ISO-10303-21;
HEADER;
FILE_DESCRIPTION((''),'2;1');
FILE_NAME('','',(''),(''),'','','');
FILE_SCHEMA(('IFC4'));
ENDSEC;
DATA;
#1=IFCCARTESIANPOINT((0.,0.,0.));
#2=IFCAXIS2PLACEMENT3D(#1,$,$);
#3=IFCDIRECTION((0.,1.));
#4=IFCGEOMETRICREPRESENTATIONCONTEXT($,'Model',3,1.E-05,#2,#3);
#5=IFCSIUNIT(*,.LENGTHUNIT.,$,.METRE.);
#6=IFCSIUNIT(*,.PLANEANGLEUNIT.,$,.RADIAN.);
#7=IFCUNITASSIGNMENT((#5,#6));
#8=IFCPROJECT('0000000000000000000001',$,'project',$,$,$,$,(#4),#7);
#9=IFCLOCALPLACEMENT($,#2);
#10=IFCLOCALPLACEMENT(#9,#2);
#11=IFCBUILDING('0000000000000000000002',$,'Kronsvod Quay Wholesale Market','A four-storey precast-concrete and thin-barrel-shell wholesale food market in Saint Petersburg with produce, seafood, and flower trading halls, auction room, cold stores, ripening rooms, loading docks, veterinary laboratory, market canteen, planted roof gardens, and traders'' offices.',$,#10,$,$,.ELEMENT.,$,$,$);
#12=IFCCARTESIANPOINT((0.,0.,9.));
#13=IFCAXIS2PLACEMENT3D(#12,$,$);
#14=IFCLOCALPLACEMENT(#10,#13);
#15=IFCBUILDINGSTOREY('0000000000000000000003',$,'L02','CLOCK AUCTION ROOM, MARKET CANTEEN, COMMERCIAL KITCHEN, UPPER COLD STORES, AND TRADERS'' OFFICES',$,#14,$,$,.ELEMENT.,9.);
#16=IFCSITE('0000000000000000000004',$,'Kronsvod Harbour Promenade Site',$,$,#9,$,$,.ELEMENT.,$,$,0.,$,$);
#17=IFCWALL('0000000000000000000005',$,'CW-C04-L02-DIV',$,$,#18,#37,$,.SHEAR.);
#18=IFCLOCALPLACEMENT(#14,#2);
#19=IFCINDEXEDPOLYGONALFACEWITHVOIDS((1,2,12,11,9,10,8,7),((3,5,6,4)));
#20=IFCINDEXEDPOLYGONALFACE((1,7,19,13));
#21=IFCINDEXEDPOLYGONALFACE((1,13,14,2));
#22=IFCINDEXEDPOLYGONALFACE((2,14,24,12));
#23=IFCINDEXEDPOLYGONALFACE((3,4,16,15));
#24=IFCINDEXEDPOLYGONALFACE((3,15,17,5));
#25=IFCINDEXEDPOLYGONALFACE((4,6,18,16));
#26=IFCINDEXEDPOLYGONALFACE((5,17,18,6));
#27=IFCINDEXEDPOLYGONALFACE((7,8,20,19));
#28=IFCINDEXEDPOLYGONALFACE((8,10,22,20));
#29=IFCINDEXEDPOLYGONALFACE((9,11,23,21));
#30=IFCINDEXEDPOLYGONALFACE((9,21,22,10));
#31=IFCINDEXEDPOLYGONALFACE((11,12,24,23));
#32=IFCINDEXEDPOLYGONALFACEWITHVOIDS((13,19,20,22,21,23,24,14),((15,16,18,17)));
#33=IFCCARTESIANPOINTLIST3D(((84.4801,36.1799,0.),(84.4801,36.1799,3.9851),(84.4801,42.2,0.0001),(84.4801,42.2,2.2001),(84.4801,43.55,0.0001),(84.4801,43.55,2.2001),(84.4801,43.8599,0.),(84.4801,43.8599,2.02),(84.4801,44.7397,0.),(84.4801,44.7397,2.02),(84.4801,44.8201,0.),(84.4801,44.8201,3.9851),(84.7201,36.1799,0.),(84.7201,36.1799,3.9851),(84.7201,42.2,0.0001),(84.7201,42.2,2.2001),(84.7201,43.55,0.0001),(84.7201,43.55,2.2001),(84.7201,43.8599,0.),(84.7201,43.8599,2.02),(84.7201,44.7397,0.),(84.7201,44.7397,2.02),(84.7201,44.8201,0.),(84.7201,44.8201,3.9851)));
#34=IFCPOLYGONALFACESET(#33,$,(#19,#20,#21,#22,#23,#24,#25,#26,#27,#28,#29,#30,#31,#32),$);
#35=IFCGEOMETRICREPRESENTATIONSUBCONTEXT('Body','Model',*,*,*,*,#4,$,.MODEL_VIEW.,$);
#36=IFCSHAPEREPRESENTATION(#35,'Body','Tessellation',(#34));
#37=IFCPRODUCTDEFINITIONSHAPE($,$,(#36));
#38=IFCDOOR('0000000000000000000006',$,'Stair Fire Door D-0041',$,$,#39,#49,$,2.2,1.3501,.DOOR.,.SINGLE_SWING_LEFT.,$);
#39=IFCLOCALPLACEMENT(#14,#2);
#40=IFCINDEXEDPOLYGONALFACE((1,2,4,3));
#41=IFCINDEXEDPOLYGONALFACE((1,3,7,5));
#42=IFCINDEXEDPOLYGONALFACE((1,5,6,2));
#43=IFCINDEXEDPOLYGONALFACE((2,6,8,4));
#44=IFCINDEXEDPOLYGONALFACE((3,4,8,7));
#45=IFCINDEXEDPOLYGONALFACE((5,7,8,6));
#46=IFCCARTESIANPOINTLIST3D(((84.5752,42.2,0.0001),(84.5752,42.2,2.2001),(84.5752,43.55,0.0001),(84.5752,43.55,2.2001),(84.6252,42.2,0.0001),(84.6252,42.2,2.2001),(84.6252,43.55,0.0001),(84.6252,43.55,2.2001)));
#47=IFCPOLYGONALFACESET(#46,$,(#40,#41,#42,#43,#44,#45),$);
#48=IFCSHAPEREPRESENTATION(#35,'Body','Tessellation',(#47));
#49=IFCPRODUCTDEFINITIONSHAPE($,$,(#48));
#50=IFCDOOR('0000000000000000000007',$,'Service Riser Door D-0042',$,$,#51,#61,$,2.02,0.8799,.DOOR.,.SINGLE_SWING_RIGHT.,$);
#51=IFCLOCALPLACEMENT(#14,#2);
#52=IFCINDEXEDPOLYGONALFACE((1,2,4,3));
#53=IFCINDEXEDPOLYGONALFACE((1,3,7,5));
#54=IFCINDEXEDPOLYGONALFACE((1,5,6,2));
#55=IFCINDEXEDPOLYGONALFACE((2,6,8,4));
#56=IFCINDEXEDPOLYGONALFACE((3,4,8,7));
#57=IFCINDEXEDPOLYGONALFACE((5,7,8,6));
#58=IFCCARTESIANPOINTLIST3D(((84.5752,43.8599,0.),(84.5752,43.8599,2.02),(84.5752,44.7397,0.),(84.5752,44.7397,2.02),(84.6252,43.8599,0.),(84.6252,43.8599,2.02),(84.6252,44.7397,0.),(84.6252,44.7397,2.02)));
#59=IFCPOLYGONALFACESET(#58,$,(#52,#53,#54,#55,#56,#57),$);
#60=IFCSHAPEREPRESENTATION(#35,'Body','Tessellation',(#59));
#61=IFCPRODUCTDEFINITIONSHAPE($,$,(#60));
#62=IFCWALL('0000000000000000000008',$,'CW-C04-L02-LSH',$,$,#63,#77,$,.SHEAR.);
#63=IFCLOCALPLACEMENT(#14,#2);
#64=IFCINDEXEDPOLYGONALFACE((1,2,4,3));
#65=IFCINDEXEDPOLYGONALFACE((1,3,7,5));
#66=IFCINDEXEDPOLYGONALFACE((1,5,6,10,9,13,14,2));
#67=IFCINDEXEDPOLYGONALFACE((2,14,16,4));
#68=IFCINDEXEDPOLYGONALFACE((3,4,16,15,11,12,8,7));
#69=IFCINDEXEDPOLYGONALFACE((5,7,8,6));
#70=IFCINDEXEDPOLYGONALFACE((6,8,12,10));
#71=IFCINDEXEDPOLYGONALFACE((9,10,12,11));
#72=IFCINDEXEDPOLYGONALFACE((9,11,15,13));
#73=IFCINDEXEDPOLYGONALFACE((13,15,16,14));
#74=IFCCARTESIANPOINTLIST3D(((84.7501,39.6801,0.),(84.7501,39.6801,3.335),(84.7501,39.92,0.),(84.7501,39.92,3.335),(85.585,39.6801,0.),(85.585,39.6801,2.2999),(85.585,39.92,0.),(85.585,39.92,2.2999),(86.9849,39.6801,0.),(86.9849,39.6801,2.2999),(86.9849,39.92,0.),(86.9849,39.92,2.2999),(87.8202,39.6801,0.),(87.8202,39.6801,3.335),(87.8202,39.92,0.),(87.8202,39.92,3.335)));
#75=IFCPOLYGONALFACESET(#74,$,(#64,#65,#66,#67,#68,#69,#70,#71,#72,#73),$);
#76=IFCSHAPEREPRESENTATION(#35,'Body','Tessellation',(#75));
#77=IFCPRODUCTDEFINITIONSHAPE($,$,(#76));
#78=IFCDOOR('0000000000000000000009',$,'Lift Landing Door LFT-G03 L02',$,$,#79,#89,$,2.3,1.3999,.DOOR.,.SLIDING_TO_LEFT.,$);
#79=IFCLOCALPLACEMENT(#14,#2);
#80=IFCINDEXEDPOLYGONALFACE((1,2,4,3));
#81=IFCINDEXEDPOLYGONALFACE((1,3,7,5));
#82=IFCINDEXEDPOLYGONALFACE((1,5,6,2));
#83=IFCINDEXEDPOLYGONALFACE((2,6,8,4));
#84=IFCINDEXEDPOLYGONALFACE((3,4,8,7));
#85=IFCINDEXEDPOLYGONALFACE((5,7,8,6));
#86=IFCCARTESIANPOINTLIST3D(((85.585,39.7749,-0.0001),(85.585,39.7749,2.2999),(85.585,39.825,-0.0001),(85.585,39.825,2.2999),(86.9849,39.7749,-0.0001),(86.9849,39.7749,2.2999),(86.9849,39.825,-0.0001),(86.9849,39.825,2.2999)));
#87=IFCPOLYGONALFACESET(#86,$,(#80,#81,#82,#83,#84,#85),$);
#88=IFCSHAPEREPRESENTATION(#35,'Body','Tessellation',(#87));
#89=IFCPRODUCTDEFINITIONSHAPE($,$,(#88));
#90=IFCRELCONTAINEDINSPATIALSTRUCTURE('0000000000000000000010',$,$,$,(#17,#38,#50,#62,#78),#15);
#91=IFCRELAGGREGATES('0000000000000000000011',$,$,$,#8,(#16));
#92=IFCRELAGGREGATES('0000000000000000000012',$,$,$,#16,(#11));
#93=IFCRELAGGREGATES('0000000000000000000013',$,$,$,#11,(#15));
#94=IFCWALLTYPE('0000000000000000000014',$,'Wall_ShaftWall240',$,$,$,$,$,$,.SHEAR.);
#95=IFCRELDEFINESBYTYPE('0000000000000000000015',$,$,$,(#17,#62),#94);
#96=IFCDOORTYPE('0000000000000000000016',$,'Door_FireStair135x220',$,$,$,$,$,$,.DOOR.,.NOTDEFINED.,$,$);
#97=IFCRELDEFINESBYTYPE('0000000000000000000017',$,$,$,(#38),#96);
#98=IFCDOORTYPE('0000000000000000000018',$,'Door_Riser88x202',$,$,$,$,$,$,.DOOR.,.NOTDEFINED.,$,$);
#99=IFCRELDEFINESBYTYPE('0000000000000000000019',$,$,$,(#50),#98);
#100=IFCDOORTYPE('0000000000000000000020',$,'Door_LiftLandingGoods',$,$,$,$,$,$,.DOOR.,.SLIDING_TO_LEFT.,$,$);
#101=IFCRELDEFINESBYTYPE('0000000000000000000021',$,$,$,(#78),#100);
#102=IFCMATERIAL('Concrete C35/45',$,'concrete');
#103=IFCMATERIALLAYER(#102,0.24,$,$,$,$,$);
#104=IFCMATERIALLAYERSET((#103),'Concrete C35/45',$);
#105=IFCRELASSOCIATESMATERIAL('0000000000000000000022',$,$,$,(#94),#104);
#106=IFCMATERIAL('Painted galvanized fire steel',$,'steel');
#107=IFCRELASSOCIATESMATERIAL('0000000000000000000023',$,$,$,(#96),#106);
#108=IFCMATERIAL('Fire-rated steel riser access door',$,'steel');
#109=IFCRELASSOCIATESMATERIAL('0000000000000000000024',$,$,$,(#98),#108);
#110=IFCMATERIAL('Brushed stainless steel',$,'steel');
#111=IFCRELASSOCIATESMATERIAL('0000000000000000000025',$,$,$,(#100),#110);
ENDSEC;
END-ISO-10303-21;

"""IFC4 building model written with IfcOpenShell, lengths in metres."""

from ifc_helpers import new_model, si_unit, direction, frame, frame_2d, origin, place, context, subcontext, project, spatial, rectangle, extrude, material, layer, layer_set, type_object, element, fill, save


model = new_model("IFC4")

# Units and contexts
model_context = context("Model", 3, precision=1e-05, world=origin(), true_north=direction((0.0, 1.0)))
body_context = subcontext(model_context, "Body", "Model", "MODEL_VIEW")
ifc_project = project(units=[si_unit("LENGTHUNIT", "METRE"), si_unit("PLANEANGLEUNIT", "RADIAN")], contexts=[model_context])

# Site, building, storey
site_placement = place(None, origin())
site = spatial("IfcSite", under=ifc_project, at=site_placement, Name="Kronsvod Harbour Promenade Site", CompositionType="ELEMENT", RefElevation=0.0)
building_placement = place(site_placement, origin())
building = spatial("IfcBuilding", under=site, at=building_placement, Name="Kronsvod Quay Wholesale Market", Description="A four-storey precast-concrete and thin-barrel-shell wholesale food market in Saint Petersburg with produce, seafood, and flower trading halls, auction room, cold stores, ripening rooms, loading docks, veterinary laboratory, market canteen, planted roof gardens, and traders' offices.", CompositionType="ELEMENT")
storey_placement = place(building_placement, frame((0.0, 0.0, 9.0)))
storey = spatial("IfcBuildingStorey", under=building, at=storey_placement, Name="L02", Description="CLOCK AUCTION ROOM, MARKET CANTEEN, COMMERCIAL KITCHEN, UPPER COLD STORES, AND TRADERS' OFFICES", CompositionType="ELEMENT", Elevation=9.0)

# Wall, openings, doors
ifc_material_1 = material(Name="Concrete C35/45", Category="concrete")
ifc_layer_1 = layer(ifc_material_1, 0.24)
ifc_layer_set_1 = layer_set([ifc_layer_1], Name="Concrete C35/45")
wall_type_1 = type_object("IfcWallType", Name="Wall_ShaftWall240", PredefinedType="SHEAR", material=ifc_layer_set_1)
wall_1_placement = place(storey_placement, frame((84.6001, 36.1799, 0.0), z_axis=(0.0, 0.0, 1.0), x_axis=(0.0, 1.0, 0.0)))
wall_1 = element("IfcWall", 1, at=wall_1_placement, inside=storey, type_object=wall_type_1, Name="CW-C04-L02-DIV", PredefinedType="SHEAR", context=body_context, shape_type="SweptSolid", body=[
    extrude(rectangle(XDim=8.6401, YDim=0.24, at=frame_2d((4.3201, 0.0))), origin(), (0.0, 0.0, 1.0), 3.9851),
])
opening_1_placement = place(wall_1_placement, frame((6.02, 0.0, 0.0)))
opening_1 = element("IfcOpeningElement", 2, at=opening_1_placement, cuts=wall_1, PredefinedType="OPENING", context=body_context, shape_type="SweptSolid", body=[
    extrude(rectangle(XDim=1.3501, YDim=2.2, at=frame_2d((0.675, 1.1001))), frame((0.0, 0.1299, 0.0), z_axis=(0.0, -1.0, 0.0), x_axis=(1.0, 0.0, 0.0)), (0.0, 0.0, 1.0), 0.26),
])
opening_2_placement = place(wall_1_placement, frame((7.6799, 0.0, 0.0)))
opening_2 = element("IfcOpeningElement", 3, at=opening_2_placement, cuts=wall_1, PredefinedType="OPENING", context=body_context, shape_type="SweptSolid", body=[
    extrude(rectangle(XDim=0.8799, YDim=2.02, at=frame_2d((0.4399, 1.01))), frame((0.0, 0.1299, 0.0), z_axis=(0.0, -1.0, 0.0), x_axis=(1.0, 0.0, 0.0)), (0.0, 0.0, 1.0), 0.26),
])
ifc_material_2 = material(Name="Painted galvanized fire steel", Category="steel")
door_type_1 = type_object("IfcDoorType", Name="Door_FireStair135x220", OperationType="NOTDEFINED", PredefinedType="DOOR", material=ifc_material_2)
door_1_placement = place(opening_1_placement, origin())
door_1 = element("IfcDoor", 4, at=door_1_placement, inside=storey, type_object=door_type_1, Name="Stair Fire Door D-0041", OperationType="SINGLE_SWING_LEFT", OverallHeight=2.2, OverallWidth=1.3501, PredefinedType="DOOR", context=body_context, shape_type="SweptSolid", body=[
    extrude(rectangle(XDim=1.3501, YDim=2.2, at=frame_2d((0.675, 1.1001))), frame((0.0, 0.0249, 0.0), z_axis=(0.0, -1.0, 0.0), x_axis=(1.0, 0.0, 0.0)), (0.0, 0.0, 1.0), 0.05),
])
fill(opening_1, door_1)
ifc_material_3 = material(Name="Fire-rated steel riser access door", Category="steel")
door_type_2 = type_object("IfcDoorType", Name="Door_Riser88x202", OperationType="NOTDEFINED", PredefinedType="DOOR", material=ifc_material_3)
door_2_placement = place(opening_2_placement, origin())
door_2 = element("IfcDoor", 5, at=door_2_placement, inside=storey, type_object=door_type_2, Name="Service Riser Door D-0042", OperationType="SINGLE_SWING_RIGHT", OverallHeight=2.02, OverallWidth=0.8799, PredefinedType="DOOR", context=body_context, shape_type="SweptSolid", body=[
    extrude(rectangle(XDim=0.8799, YDim=2.02, at=frame_2d((0.4399, 1.01))), frame((0.0, 0.0249, 0.0), z_axis=(0.0, -1.0, 0.0), x_axis=(1.0, 0.0, 0.0)), (0.0, 0.0, 1.0), 0.05),
])
fill(opening_2, door_2)

# Wall, opening, door
wall_2_placement = place(storey_placement, frame((84.75, 39.8, 0.0), z_axis=(0.0, 0.0, 1.0), x_axis=(1.0, 0.0, 0.0)))
wall_2 = element("IfcWall", 6, at=wall_2_placement, inside=storey, type_object=wall_type_1, Name="CW-C04-L02-LSH", PredefinedType="SHEAR", context=body_context, shape_type="SweptSolid", body=[
    extrude(rectangle(XDim=3.0701, YDim=0.24, at=frame_2d((1.5352, 0.0))), origin(), (0.0, 0.0, 1.0), 3.335),
])
opening_3_placement = place(wall_2_placement, frame((0.835, 0.0, 0.0)))
opening_3 = element("IfcOpeningElement", 7, at=opening_3_placement, cuts=wall_2, PredefinedType="OPENING", context=body_context, shape_type="SweptSolid", body=[
    extrude(rectangle(XDim=1.3999, YDim=2.3, at=frame_2d((0.7, 1.1499))), frame((0.0, 0.1299, 0.0), z_axis=(0.0, -1.0, 0.0), x_axis=(1.0, 0.0, 0.0)), (0.0, 0.0, 1.0), 0.26),
])
ifc_material_4 = material(Name="Brushed stainless steel", Category="steel")
door_type_3 = type_object("IfcDoorType", Name="Door_LiftLandingGoods", OperationType="SLIDING_TO_LEFT", PredefinedType="DOOR", material=ifc_material_4)
door_3_placement = place(opening_3_placement, origin())
door_3 = element("IfcDoor", 8, at=door_3_placement, inside=storey, type_object=door_type_3, Name="Lift Landing Door LFT-G03 L02", OperationType="SLIDING_TO_LEFT", OverallHeight=2.3, OverallWidth=1.3999, PredefinedType="DOOR", context=body_context, shape_type="SweptSolid", body=[
    extrude(rectangle(XDim=1.3999, YDim=2.3, at=frame_2d((0.7, 1.1499))), frame((0.0, 0.0249, 0.0), z_axis=(0.0, -1.0, 0.0), x_axis=(1.0, 0.0, 0.0)), (0.0, 0.0, 1.0), 0.05),
])
fill(opening_3, door_3)

save(model, "model.ifc")
